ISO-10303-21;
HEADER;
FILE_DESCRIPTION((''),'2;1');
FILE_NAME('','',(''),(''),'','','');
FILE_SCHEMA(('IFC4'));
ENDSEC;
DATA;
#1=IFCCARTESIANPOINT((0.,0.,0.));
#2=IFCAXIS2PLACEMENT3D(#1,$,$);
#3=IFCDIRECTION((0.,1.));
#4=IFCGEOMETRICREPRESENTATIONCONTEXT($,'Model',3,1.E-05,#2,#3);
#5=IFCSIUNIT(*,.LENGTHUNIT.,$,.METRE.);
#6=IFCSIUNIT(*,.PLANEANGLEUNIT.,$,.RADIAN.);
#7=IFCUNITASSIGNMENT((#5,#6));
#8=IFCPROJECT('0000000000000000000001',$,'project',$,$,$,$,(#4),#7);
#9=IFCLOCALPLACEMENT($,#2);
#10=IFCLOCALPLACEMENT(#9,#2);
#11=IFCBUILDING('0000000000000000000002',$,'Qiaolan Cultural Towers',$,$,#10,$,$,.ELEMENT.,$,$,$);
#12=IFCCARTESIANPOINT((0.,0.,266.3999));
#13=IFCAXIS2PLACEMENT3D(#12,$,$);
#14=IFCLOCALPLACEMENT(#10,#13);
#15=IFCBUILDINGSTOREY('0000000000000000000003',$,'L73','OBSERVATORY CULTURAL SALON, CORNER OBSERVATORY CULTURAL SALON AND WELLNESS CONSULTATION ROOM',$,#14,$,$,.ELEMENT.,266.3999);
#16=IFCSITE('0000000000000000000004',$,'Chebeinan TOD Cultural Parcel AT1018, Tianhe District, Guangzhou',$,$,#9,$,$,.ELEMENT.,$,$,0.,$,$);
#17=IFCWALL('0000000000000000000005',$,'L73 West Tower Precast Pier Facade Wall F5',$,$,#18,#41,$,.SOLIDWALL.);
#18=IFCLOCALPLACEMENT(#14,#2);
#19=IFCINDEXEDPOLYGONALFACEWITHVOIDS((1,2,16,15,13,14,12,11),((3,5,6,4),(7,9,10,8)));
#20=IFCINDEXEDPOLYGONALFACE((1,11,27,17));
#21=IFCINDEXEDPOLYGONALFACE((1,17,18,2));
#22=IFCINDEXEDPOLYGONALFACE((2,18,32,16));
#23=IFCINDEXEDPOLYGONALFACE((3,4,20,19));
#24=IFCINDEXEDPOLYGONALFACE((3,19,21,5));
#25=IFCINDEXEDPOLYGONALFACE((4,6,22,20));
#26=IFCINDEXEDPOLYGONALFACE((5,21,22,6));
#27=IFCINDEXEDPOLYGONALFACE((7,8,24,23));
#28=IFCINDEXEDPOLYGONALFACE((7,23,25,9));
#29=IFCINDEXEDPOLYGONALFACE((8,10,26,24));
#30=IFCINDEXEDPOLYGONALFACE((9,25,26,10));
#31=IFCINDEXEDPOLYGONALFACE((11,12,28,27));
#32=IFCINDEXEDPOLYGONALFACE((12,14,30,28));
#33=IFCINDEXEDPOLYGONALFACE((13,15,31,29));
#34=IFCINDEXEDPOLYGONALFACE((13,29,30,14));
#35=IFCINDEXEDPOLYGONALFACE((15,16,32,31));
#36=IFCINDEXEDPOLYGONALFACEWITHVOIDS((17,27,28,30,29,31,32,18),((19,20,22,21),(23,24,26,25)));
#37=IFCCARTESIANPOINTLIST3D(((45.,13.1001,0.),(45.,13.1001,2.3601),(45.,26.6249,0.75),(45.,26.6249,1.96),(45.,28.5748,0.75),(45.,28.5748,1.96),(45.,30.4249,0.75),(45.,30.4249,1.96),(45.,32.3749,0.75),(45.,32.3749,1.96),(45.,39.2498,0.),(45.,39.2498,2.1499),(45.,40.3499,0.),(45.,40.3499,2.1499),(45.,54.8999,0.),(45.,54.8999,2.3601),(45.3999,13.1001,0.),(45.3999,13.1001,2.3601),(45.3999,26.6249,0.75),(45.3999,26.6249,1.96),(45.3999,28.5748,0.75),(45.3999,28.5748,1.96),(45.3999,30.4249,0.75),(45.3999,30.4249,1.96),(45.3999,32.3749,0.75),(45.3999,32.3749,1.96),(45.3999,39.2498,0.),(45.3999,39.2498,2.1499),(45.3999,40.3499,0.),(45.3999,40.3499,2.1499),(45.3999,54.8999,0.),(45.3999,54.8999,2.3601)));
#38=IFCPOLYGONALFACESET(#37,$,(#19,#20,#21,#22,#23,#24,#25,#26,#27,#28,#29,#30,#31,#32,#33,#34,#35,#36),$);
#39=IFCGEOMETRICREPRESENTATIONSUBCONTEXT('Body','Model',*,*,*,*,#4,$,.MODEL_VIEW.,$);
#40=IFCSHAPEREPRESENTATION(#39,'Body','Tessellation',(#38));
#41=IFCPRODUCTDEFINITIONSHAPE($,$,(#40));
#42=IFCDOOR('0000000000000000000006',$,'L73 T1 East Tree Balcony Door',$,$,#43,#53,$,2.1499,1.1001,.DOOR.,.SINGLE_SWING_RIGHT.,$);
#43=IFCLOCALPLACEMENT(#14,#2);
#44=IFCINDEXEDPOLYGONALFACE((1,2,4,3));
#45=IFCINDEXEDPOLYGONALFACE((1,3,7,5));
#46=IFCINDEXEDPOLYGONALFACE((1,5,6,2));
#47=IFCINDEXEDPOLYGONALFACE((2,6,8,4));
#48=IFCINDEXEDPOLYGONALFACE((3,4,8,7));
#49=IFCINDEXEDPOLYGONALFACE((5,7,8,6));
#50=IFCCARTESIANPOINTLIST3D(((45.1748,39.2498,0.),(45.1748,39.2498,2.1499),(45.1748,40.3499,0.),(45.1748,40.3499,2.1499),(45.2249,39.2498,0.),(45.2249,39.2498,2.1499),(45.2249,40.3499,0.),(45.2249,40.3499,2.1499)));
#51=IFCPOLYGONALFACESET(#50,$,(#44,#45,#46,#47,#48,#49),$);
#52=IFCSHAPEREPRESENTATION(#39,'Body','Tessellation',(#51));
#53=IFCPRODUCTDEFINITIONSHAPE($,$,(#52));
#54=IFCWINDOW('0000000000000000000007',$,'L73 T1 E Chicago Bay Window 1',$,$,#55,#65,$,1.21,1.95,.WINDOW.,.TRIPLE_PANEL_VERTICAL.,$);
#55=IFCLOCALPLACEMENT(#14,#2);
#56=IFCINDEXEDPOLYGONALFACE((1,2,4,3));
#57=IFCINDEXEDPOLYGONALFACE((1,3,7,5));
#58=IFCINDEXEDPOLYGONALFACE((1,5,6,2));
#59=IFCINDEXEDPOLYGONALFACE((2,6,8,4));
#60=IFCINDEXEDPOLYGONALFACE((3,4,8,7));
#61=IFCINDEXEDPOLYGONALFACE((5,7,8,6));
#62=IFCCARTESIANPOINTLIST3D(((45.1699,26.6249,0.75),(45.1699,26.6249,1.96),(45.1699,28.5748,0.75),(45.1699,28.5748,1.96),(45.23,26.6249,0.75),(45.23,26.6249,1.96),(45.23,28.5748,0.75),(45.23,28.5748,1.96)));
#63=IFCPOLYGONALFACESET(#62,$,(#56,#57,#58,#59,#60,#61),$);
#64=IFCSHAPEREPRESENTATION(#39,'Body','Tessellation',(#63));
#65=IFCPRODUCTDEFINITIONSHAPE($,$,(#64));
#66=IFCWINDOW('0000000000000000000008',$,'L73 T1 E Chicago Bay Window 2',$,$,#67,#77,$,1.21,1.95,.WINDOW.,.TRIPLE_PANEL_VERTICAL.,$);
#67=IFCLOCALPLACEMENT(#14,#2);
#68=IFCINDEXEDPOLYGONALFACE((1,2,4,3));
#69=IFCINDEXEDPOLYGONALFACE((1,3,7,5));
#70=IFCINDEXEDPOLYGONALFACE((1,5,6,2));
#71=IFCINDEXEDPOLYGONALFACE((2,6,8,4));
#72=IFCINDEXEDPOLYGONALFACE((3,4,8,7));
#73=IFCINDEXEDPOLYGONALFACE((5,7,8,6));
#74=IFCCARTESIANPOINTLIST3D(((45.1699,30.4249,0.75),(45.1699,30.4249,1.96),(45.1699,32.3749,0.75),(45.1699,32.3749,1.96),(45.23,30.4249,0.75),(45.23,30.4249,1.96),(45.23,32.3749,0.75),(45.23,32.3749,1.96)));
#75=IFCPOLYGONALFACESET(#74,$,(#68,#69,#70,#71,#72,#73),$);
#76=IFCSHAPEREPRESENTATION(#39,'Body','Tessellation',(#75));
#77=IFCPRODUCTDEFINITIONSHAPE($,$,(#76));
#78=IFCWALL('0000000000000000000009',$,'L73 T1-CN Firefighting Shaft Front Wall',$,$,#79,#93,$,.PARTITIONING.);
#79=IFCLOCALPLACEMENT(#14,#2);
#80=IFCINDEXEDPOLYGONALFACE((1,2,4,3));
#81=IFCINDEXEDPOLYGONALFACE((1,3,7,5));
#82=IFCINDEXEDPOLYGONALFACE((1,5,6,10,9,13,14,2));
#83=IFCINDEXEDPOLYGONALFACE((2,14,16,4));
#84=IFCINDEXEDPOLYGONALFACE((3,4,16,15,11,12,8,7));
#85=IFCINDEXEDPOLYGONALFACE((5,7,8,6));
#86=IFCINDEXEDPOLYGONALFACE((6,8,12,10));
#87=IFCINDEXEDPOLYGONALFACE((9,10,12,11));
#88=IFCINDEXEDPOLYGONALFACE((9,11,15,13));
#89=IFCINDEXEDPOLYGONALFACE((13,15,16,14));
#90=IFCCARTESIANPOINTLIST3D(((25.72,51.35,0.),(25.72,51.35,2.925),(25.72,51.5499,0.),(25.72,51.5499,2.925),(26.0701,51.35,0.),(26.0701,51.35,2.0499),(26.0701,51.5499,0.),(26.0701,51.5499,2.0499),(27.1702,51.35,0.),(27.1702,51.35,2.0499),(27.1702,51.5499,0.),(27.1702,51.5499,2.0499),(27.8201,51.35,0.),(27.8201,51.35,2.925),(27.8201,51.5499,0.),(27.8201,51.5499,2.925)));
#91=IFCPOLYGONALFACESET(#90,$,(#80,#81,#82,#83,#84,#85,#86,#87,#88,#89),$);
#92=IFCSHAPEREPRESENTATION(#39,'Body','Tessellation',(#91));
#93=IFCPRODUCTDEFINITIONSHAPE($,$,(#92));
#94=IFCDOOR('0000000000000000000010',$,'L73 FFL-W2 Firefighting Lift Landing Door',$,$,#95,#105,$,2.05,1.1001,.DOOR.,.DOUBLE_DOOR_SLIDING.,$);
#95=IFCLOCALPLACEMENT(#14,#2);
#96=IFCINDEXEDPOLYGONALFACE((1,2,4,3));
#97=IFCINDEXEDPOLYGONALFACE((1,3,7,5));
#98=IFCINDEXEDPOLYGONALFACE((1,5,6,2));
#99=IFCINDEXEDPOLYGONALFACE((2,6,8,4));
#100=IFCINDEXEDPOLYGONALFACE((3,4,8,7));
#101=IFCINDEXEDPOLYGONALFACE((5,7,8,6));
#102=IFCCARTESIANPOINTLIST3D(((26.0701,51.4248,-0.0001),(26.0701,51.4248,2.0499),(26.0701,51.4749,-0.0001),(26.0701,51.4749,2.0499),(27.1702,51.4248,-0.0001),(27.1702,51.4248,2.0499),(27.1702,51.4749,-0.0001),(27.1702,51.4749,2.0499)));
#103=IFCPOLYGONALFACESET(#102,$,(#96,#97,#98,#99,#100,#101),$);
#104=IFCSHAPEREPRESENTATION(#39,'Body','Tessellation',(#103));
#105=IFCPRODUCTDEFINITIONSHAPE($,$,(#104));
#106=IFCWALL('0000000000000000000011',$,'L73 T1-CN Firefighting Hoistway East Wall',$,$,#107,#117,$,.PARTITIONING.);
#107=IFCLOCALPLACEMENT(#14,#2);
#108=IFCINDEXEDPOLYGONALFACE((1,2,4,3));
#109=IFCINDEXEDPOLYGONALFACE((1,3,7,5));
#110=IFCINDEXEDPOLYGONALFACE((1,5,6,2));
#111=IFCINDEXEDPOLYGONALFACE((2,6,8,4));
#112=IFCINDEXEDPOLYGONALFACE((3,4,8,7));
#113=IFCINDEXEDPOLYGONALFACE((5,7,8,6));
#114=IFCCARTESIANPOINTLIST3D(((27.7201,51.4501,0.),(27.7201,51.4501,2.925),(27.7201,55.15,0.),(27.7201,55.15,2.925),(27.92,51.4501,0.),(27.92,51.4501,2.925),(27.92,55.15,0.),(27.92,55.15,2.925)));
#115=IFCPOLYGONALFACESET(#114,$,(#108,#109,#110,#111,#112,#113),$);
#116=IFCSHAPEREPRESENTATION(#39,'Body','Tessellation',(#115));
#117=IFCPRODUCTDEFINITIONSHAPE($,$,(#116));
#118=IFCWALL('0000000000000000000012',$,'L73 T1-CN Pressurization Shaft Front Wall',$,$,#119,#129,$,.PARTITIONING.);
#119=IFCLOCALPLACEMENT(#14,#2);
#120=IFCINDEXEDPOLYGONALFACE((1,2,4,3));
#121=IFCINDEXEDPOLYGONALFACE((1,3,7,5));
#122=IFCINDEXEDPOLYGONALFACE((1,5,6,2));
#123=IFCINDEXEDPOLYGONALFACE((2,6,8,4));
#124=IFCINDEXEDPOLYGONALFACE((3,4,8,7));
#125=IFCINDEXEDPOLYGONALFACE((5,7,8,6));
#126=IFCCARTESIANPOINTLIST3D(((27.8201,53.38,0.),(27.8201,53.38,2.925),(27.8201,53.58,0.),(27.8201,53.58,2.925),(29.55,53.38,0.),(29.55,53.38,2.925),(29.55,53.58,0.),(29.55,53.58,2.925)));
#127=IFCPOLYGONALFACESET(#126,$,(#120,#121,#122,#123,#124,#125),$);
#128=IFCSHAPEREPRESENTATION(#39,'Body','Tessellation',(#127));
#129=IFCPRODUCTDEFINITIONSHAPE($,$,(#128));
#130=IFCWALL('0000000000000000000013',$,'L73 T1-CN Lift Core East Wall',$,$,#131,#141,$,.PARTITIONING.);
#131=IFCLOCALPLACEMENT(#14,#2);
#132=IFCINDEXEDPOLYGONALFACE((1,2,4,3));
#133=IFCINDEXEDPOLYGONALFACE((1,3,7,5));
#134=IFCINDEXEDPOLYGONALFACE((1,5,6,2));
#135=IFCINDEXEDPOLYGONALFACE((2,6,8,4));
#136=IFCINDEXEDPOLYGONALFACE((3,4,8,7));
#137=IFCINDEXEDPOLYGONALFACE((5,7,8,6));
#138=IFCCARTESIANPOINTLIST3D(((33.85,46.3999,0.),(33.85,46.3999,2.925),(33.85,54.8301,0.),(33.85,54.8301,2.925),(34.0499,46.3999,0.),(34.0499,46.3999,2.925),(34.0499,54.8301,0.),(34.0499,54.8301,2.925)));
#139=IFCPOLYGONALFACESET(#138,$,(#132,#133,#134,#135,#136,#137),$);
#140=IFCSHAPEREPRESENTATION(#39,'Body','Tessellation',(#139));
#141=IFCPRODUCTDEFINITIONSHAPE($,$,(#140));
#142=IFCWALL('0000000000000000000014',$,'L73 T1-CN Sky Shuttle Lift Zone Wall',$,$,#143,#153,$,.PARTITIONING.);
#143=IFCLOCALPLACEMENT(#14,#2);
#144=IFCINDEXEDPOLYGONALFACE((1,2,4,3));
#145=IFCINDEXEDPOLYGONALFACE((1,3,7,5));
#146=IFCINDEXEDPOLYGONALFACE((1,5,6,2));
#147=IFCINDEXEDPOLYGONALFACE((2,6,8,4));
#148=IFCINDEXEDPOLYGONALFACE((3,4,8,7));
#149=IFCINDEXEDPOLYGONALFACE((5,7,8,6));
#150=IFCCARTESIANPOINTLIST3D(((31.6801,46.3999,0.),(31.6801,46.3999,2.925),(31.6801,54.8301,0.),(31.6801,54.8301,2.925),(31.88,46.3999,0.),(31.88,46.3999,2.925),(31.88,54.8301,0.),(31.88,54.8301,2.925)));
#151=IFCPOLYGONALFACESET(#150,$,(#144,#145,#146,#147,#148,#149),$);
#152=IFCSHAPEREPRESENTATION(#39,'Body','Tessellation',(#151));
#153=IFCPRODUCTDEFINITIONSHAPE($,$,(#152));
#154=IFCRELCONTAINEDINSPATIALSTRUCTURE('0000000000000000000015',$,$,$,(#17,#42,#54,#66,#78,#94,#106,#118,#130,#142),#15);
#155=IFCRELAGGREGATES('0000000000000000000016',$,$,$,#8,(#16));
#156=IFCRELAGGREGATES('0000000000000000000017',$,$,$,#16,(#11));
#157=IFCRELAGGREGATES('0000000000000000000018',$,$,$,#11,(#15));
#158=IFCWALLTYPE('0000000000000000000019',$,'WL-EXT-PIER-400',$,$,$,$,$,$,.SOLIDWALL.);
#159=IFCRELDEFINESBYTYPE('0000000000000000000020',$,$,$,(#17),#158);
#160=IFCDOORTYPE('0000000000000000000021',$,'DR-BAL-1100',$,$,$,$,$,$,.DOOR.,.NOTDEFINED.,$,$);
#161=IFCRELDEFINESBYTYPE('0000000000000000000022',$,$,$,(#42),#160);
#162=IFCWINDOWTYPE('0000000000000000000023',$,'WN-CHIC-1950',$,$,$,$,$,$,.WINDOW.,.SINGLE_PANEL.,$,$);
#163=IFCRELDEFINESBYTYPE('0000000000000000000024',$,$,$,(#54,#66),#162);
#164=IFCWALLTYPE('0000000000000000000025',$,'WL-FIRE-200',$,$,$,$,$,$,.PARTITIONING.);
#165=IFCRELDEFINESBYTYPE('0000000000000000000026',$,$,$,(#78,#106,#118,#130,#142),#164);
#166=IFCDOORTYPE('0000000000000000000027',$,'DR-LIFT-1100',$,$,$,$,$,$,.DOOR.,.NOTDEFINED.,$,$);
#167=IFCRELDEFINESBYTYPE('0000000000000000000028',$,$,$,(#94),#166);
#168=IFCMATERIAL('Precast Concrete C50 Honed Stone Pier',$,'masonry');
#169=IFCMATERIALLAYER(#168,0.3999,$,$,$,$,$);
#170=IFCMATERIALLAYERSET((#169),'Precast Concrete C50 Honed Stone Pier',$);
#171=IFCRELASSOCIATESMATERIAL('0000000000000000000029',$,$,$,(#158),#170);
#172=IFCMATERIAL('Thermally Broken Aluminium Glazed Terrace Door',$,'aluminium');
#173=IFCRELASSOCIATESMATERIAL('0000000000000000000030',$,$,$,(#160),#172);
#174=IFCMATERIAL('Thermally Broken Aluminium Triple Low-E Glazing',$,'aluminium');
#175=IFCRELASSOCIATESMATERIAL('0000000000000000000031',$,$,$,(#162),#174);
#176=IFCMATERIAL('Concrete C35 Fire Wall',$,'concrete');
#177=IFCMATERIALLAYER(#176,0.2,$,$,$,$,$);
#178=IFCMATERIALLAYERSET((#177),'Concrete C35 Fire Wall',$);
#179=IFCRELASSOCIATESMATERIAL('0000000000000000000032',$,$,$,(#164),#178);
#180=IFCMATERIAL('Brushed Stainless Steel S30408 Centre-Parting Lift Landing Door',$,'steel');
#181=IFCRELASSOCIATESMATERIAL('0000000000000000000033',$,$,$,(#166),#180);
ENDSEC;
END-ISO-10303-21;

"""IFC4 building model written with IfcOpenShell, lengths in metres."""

from ifc_helpers import new_model, si_unit, direction, frame, frame_2d, origin, place, context, subcontext, project, spatial, rectangle, extrude, material, layer, layer_set, type_object, element, fill, save


model = new_model("IFC4")

# Units and contexts
model_context = context("Model", 3, precision=1e-05, world=origin(), true_north=direction((0.0, 1.0)))
body_context = subcontext(model_context, "Body", "Model", "MODEL_VIEW")
ifc_project = project(units=[si_unit("LENGTHUNIT", "METRE"), si_unit("PLANEANGLEUNIT", "RADIAN")], contexts=[model_context])

# Site, building, storey
site_placement = place(None, origin())
site = spatial("IfcSite", under=ifc_project, at=site_placement, Name="Chebeinan TOD Cultural Parcel AT1018, Tianhe District, Guangzhou", CompositionType="ELEMENT", RefElevation=0.0)
building_placement = place(site_placement, origin())
building = spatial("IfcBuilding", under=site, at=building_placement, Name="Qiaolan Cultural Towers", CompositionType="ELEMENT")
storey_placement = place(building_placement, frame((0.0, 0.0, 266.3999)))
storey = spatial("IfcBuildingStorey", under=building, at=storey_placement, Name="L73", Description="OBSERVATORY CULTURAL SALON, CORNER OBSERVATORY CULTURAL SALON AND WELLNESS CONSULTATION ROOM", CompositionType="ELEMENT", Elevation=266.3999)

# Shared definitions
ifc_material_1 = material(Name="Precast Concrete C50 Honed Stone Pier", Category="masonry")
ifc_layer_1 = layer(ifc_material_1, 0.3999)
ifc_layer_set_1 = layer_set([ifc_layer_1], Name="Precast Concrete C50 Honed Stone Pier")
wall_type_1 = type_object("IfcWallType", Name="WL-EXT-PIER-400", PredefinedType="SOLIDWALL", material=ifc_layer_set_1)

# Wall, openings, door, windows
wall_1_placement = place(storey_placement, frame((45.2, 54.8999, 0.0), z_axis=(0.0, 0.0, 1.0), x_axis=(0.0, -1.0, 0.0)))
wall_1 = element("IfcWall", 1, at=wall_1_placement, inside=storey, type_object=wall_type_1, Name="L73 West Tower Precast Pier Facade Wall F5", PredefinedType="SOLIDWALL", context=body_context, shape_type="SweptSolid", body=[
    extrude(rectangle(XDim=41.7998, YDim=0.3999, at=frame_2d((20.8999, 0.0))), origin(), (0.0, 0.0, 1.0), 2.3601),
])
opening_1_placement = place(wall_1_placement, frame((26.325, 0.0, 0.75)))
opening_1 = element("IfcOpeningElement", 2, at=opening_1_placement, cuts=wall_1, PredefinedType="OPENING", context=body_context, shape_type="SweptSolid", body=[
    extrude(rectangle(XDim=1.95, YDim=1.21, at=frame_2d((0.9751, 0.605))), frame((0.0, 0.21, 0.0), z_axis=(0.0, -1.0, 0.0), x_axis=(1.0, 0.0, 0.0)), (0.0, 0.0, 1.0), 0.4199),
])
opening_2_placement = place(wall_1_placement, frame((22.5249, 0.0, 0.75)))
opening_2 = element("IfcOpeningElement", 3, at=opening_2_placement, cuts=wall_1, PredefinedType="OPENING", context=body_context, shape_type="SweptSolid", body=[
    extrude(rectangle(XDim=1.95, YDim=1.21, at=frame_2d((0.9751, 0.605))), frame((0.0, 0.21, 0.0), z_axis=(0.0, -1.0, 0.0), x_axis=(1.0, 0.0, 0.0)), (0.0, 0.0, 1.0), 0.4199),
])
opening_3_placement = place(wall_1_placement, frame((14.55, 0.0, 0.0)))
opening_3 = element("IfcOpeningElement", 4, at=opening_3_placement, cuts=wall_1, PredefinedType="OPENING", context=body_context, shape_type="SweptSolid", body=[
    extrude(rectangle(XDim=1.1001, YDim=2.1499, at=frame_2d((0.55, 1.075))), frame((0.0, 0.21, 0.0), z_axis=(0.0, -1.0, 0.0), x_axis=(1.0, 0.0, 0.0)), (0.0, 0.0, 1.0), 0.4199),
])
ifc_material_2 = material(Name="Thermally Broken Aluminium Glazed Terrace Door", Category="aluminium")
door_type_1 = type_object("IfcDoorType", Name="DR-BAL-1100", OperationType="NOTDEFINED", PredefinedType="DOOR", material=ifc_material_2)
door_1_placement = place(opening_3_placement, origin())
door_1 = element("IfcDoor", 5, at=door_1_placement, inside=storey, type_object=door_type_1, Name="L73 T1 East Tree Balcony Door", OperationType="SINGLE_SWING_RIGHT", OverallHeight=2.1499, OverallWidth=1.1001, PredefinedType="DOOR", context=body_context, shape_type="SweptSolid", body=[
    extrude(rectangle(XDim=1.1001, YDim=2.1499, at=frame_2d((0.55, 1.075))), frame((0.0, 0.0249, 0.0), z_axis=(0.0, -1.0, 0.0), x_axis=(1.0, 0.0, 0.0)), (0.0, 0.0, 1.0), 0.05),
])
fill(opening_3, door_1)
ifc_material_3 = material(Name="Thermally Broken Aluminium Triple Low-E Glazing", Category="aluminium")
window_type = type_object("IfcWindowType", Name="WN-CHIC-1950", PartitioningType="SINGLE_PANEL", PredefinedType="WINDOW", material=ifc_material_3)
window_1_placement = place(opening_1_placement, origin())
window_1 = element("IfcWindow", 6, at=window_1_placement, inside=storey, type_object=window_type, Name="L73 T1 E Chicago Bay Window 1", OverallHeight=1.21, OverallWidth=1.95, PartitioningType="TRIPLE_PANEL_VERTICAL", PredefinedType="WINDOW", context=body_context, shape_type="SweptSolid", body=[
    extrude(rectangle(XDim=1.95, YDim=1.21, at=frame_2d((0.9751, 0.605))), frame((0.0, 0.03, 0.0), z_axis=(0.0, -1.0, 0.0), x_axis=(1.0, 0.0, 0.0)), (0.0, 0.0, 1.0), 0.0601),
])
fill(opening_1, window_1)
window_2_placement = place(opening_2_placement, origin())
window_2 = element("IfcWindow", 7, at=window_2_placement, inside=storey, type_object=window_type, Name="L73 T1 E Chicago Bay Window 2", OverallHeight=1.21, OverallWidth=1.95, PartitioningType="TRIPLE_PANEL_VERTICAL", PredefinedType="WINDOW", context=body_context, shape_type="SweptSolid", body=[
    extrude(rectangle(XDim=1.95, YDim=1.21, at=frame_2d((0.9751, 0.605))), frame((0.0, 0.03, 0.0), z_axis=(0.0, -1.0, 0.0), x_axis=(1.0, 0.0, 0.0)), (0.0, 0.0, 1.0), 0.0601),
])
fill(opening_2, window_2)

# Wall, opening, door
ifc_material_4 = material(Name="Concrete C35 Fire Wall", Category="concrete")
ifc_layer_2 = layer(ifc_material_4, 0.2)
ifc_layer_set_2 = layer_set([ifc_layer_2], Name="Concrete C35 Fire Wall")
wall_type_2 = type_object("IfcWallType", Name="WL-FIRE-200", PredefinedType="PARTITIONING", material=ifc_layer_set_2)
wall_2_placement = place(storey_placement, frame((25.72, 51.45, 0.0), z_axis=(0.0, 0.0, 1.0), x_axis=(1.0, 0.0, 0.0)))
wall_2 = element("IfcWall", 8, at=wall_2_placement, inside=storey, type_object=wall_type_2, Name="L73 T1-CN Firefighting Shaft Front Wall", PredefinedType="PARTITIONING", context=body_context, shape_type="SweptSolid", body=[
    extrude(rectangle(XDim=2.1001, YDim=0.2, at=frame_2d((1.05, 0.0))), origin(), (0.0, 0.0, 1.0), 2.925),
])
opening_4_placement = place(wall_2_placement, frame((0.3501, 0.0, 0.0)))
opening_4 = element("IfcOpeningElement", 9, at=opening_4_placement, cuts=wall_2, PredefinedType="OPENING", context=body_context, shape_type="SweptSolid", body=[
    extrude(rectangle(XDim=1.1001, YDim=2.05, at=frame_2d((0.55, 1.0249))), frame((0.0, 0.1099, 0.0), z_axis=(0.0, -1.0, 0.0), x_axis=(1.0, 0.0, 0.0)), (0.0, 0.0, 1.0), 0.22),
])
ifc_material_5 = material(Name="Brushed Stainless Steel S30408 Centre-Parting Lift Landing Door", Category="steel")
door_type_2 = type_object("IfcDoorType", Name="DR-LIFT-1100", OperationType="NOTDEFINED", PredefinedType="DOOR", material=ifc_material_5)
door_2_placement = place(opening_4_placement, origin())
door_2 = element("IfcDoor", 10, at=door_2_placement, inside=storey, type_object=door_type_2, Name="L73 FFL-W2 Firefighting Lift Landing Door", OperationType="DOUBLE_DOOR_SLIDING", OverallHeight=2.05, OverallWidth=1.1001, PredefinedType="DOOR", context=body_context, shape_type="SweptSolid", body=[
    extrude(rectangle(XDim=1.1001, YDim=2.05, at=frame_2d((0.55, 1.0249))), frame((0.0, 0.0249, 0.0), z_axis=(0.0, -1.0, 0.0), x_axis=(1.0, 0.0, 0.0)), (0.0, 0.0, 1.0), 0.05),
])
fill(opening_4, door_2)

# Walls
wall_3_placement = place(storey_placement, frame((27.8201, 51.45, 0.0), z_axis=(0.0, 0.0, 1.0), x_axis=(0.0, 1.0, 0.0)))
element("IfcWall", 11, at=wall_3_placement, inside=storey, type_object=wall_type_2, Name="L73 T1-CN Firefighting Hoistway East Wall", PredefinedType="PARTITIONING", context=body_context, shape_type="SweptSolid", body=[
    extrude(rectangle(XDim=3.7, YDim=0.2, at=frame_2d((1.8501, 0.0))), origin(), (0.0, 0.0, 1.0), 2.925),
])
wall_4_placement = place(storey_placement, frame((27.8201, 53.48, 0.0), z_axis=(0.0, 0.0, 1.0), x_axis=(1.0, 0.0, 0.0)))
element("IfcWall", 12, at=wall_4_placement, inside=storey, type_object=wall_type_2, Name="L73 T1-CN Pressurization Shaft Front Wall", PredefinedType="PARTITIONING", context=body_context, shape_type="SweptSolid", body=[
    extrude(rectangle(XDim=1.73, YDim=0.2, at=frame_2d((0.865, 0.0))), origin(), (0.0, 0.0, 1.0), 2.925),
])
for number, where, z_axis, x_axis, name in (
    (13, (33.95, 46.3999, 0.0), (0.0, 0.0, 1.0), (0.0, 1.0, 0.0), "L73 T1-CN Lift Core East Wall"),
    (14, (31.78, 46.3999, 0.0), (0.0, 0.0, 1.0), (0.0, 1.0, 0.0), "L73 T1-CN Sky Shuttle Lift Zone Wall"),
):
    element("IfcWall", number, at=place(storey_placement, frame(where, z_axis=z_axis, x_axis=x_axis)), inside=storey, type_object=wall_type_2, Name=name, PredefinedType="PARTITIONING", context=body_context, shape_type="SweptSolid", body=[
        extrude(rectangle(XDim=8.4302, YDim=0.2, at=frame_2d((4.2151, 0.0))), origin(), (0.0, 0.0, 1.0), 2.925),
    ])

save(model, "model.ifc")
